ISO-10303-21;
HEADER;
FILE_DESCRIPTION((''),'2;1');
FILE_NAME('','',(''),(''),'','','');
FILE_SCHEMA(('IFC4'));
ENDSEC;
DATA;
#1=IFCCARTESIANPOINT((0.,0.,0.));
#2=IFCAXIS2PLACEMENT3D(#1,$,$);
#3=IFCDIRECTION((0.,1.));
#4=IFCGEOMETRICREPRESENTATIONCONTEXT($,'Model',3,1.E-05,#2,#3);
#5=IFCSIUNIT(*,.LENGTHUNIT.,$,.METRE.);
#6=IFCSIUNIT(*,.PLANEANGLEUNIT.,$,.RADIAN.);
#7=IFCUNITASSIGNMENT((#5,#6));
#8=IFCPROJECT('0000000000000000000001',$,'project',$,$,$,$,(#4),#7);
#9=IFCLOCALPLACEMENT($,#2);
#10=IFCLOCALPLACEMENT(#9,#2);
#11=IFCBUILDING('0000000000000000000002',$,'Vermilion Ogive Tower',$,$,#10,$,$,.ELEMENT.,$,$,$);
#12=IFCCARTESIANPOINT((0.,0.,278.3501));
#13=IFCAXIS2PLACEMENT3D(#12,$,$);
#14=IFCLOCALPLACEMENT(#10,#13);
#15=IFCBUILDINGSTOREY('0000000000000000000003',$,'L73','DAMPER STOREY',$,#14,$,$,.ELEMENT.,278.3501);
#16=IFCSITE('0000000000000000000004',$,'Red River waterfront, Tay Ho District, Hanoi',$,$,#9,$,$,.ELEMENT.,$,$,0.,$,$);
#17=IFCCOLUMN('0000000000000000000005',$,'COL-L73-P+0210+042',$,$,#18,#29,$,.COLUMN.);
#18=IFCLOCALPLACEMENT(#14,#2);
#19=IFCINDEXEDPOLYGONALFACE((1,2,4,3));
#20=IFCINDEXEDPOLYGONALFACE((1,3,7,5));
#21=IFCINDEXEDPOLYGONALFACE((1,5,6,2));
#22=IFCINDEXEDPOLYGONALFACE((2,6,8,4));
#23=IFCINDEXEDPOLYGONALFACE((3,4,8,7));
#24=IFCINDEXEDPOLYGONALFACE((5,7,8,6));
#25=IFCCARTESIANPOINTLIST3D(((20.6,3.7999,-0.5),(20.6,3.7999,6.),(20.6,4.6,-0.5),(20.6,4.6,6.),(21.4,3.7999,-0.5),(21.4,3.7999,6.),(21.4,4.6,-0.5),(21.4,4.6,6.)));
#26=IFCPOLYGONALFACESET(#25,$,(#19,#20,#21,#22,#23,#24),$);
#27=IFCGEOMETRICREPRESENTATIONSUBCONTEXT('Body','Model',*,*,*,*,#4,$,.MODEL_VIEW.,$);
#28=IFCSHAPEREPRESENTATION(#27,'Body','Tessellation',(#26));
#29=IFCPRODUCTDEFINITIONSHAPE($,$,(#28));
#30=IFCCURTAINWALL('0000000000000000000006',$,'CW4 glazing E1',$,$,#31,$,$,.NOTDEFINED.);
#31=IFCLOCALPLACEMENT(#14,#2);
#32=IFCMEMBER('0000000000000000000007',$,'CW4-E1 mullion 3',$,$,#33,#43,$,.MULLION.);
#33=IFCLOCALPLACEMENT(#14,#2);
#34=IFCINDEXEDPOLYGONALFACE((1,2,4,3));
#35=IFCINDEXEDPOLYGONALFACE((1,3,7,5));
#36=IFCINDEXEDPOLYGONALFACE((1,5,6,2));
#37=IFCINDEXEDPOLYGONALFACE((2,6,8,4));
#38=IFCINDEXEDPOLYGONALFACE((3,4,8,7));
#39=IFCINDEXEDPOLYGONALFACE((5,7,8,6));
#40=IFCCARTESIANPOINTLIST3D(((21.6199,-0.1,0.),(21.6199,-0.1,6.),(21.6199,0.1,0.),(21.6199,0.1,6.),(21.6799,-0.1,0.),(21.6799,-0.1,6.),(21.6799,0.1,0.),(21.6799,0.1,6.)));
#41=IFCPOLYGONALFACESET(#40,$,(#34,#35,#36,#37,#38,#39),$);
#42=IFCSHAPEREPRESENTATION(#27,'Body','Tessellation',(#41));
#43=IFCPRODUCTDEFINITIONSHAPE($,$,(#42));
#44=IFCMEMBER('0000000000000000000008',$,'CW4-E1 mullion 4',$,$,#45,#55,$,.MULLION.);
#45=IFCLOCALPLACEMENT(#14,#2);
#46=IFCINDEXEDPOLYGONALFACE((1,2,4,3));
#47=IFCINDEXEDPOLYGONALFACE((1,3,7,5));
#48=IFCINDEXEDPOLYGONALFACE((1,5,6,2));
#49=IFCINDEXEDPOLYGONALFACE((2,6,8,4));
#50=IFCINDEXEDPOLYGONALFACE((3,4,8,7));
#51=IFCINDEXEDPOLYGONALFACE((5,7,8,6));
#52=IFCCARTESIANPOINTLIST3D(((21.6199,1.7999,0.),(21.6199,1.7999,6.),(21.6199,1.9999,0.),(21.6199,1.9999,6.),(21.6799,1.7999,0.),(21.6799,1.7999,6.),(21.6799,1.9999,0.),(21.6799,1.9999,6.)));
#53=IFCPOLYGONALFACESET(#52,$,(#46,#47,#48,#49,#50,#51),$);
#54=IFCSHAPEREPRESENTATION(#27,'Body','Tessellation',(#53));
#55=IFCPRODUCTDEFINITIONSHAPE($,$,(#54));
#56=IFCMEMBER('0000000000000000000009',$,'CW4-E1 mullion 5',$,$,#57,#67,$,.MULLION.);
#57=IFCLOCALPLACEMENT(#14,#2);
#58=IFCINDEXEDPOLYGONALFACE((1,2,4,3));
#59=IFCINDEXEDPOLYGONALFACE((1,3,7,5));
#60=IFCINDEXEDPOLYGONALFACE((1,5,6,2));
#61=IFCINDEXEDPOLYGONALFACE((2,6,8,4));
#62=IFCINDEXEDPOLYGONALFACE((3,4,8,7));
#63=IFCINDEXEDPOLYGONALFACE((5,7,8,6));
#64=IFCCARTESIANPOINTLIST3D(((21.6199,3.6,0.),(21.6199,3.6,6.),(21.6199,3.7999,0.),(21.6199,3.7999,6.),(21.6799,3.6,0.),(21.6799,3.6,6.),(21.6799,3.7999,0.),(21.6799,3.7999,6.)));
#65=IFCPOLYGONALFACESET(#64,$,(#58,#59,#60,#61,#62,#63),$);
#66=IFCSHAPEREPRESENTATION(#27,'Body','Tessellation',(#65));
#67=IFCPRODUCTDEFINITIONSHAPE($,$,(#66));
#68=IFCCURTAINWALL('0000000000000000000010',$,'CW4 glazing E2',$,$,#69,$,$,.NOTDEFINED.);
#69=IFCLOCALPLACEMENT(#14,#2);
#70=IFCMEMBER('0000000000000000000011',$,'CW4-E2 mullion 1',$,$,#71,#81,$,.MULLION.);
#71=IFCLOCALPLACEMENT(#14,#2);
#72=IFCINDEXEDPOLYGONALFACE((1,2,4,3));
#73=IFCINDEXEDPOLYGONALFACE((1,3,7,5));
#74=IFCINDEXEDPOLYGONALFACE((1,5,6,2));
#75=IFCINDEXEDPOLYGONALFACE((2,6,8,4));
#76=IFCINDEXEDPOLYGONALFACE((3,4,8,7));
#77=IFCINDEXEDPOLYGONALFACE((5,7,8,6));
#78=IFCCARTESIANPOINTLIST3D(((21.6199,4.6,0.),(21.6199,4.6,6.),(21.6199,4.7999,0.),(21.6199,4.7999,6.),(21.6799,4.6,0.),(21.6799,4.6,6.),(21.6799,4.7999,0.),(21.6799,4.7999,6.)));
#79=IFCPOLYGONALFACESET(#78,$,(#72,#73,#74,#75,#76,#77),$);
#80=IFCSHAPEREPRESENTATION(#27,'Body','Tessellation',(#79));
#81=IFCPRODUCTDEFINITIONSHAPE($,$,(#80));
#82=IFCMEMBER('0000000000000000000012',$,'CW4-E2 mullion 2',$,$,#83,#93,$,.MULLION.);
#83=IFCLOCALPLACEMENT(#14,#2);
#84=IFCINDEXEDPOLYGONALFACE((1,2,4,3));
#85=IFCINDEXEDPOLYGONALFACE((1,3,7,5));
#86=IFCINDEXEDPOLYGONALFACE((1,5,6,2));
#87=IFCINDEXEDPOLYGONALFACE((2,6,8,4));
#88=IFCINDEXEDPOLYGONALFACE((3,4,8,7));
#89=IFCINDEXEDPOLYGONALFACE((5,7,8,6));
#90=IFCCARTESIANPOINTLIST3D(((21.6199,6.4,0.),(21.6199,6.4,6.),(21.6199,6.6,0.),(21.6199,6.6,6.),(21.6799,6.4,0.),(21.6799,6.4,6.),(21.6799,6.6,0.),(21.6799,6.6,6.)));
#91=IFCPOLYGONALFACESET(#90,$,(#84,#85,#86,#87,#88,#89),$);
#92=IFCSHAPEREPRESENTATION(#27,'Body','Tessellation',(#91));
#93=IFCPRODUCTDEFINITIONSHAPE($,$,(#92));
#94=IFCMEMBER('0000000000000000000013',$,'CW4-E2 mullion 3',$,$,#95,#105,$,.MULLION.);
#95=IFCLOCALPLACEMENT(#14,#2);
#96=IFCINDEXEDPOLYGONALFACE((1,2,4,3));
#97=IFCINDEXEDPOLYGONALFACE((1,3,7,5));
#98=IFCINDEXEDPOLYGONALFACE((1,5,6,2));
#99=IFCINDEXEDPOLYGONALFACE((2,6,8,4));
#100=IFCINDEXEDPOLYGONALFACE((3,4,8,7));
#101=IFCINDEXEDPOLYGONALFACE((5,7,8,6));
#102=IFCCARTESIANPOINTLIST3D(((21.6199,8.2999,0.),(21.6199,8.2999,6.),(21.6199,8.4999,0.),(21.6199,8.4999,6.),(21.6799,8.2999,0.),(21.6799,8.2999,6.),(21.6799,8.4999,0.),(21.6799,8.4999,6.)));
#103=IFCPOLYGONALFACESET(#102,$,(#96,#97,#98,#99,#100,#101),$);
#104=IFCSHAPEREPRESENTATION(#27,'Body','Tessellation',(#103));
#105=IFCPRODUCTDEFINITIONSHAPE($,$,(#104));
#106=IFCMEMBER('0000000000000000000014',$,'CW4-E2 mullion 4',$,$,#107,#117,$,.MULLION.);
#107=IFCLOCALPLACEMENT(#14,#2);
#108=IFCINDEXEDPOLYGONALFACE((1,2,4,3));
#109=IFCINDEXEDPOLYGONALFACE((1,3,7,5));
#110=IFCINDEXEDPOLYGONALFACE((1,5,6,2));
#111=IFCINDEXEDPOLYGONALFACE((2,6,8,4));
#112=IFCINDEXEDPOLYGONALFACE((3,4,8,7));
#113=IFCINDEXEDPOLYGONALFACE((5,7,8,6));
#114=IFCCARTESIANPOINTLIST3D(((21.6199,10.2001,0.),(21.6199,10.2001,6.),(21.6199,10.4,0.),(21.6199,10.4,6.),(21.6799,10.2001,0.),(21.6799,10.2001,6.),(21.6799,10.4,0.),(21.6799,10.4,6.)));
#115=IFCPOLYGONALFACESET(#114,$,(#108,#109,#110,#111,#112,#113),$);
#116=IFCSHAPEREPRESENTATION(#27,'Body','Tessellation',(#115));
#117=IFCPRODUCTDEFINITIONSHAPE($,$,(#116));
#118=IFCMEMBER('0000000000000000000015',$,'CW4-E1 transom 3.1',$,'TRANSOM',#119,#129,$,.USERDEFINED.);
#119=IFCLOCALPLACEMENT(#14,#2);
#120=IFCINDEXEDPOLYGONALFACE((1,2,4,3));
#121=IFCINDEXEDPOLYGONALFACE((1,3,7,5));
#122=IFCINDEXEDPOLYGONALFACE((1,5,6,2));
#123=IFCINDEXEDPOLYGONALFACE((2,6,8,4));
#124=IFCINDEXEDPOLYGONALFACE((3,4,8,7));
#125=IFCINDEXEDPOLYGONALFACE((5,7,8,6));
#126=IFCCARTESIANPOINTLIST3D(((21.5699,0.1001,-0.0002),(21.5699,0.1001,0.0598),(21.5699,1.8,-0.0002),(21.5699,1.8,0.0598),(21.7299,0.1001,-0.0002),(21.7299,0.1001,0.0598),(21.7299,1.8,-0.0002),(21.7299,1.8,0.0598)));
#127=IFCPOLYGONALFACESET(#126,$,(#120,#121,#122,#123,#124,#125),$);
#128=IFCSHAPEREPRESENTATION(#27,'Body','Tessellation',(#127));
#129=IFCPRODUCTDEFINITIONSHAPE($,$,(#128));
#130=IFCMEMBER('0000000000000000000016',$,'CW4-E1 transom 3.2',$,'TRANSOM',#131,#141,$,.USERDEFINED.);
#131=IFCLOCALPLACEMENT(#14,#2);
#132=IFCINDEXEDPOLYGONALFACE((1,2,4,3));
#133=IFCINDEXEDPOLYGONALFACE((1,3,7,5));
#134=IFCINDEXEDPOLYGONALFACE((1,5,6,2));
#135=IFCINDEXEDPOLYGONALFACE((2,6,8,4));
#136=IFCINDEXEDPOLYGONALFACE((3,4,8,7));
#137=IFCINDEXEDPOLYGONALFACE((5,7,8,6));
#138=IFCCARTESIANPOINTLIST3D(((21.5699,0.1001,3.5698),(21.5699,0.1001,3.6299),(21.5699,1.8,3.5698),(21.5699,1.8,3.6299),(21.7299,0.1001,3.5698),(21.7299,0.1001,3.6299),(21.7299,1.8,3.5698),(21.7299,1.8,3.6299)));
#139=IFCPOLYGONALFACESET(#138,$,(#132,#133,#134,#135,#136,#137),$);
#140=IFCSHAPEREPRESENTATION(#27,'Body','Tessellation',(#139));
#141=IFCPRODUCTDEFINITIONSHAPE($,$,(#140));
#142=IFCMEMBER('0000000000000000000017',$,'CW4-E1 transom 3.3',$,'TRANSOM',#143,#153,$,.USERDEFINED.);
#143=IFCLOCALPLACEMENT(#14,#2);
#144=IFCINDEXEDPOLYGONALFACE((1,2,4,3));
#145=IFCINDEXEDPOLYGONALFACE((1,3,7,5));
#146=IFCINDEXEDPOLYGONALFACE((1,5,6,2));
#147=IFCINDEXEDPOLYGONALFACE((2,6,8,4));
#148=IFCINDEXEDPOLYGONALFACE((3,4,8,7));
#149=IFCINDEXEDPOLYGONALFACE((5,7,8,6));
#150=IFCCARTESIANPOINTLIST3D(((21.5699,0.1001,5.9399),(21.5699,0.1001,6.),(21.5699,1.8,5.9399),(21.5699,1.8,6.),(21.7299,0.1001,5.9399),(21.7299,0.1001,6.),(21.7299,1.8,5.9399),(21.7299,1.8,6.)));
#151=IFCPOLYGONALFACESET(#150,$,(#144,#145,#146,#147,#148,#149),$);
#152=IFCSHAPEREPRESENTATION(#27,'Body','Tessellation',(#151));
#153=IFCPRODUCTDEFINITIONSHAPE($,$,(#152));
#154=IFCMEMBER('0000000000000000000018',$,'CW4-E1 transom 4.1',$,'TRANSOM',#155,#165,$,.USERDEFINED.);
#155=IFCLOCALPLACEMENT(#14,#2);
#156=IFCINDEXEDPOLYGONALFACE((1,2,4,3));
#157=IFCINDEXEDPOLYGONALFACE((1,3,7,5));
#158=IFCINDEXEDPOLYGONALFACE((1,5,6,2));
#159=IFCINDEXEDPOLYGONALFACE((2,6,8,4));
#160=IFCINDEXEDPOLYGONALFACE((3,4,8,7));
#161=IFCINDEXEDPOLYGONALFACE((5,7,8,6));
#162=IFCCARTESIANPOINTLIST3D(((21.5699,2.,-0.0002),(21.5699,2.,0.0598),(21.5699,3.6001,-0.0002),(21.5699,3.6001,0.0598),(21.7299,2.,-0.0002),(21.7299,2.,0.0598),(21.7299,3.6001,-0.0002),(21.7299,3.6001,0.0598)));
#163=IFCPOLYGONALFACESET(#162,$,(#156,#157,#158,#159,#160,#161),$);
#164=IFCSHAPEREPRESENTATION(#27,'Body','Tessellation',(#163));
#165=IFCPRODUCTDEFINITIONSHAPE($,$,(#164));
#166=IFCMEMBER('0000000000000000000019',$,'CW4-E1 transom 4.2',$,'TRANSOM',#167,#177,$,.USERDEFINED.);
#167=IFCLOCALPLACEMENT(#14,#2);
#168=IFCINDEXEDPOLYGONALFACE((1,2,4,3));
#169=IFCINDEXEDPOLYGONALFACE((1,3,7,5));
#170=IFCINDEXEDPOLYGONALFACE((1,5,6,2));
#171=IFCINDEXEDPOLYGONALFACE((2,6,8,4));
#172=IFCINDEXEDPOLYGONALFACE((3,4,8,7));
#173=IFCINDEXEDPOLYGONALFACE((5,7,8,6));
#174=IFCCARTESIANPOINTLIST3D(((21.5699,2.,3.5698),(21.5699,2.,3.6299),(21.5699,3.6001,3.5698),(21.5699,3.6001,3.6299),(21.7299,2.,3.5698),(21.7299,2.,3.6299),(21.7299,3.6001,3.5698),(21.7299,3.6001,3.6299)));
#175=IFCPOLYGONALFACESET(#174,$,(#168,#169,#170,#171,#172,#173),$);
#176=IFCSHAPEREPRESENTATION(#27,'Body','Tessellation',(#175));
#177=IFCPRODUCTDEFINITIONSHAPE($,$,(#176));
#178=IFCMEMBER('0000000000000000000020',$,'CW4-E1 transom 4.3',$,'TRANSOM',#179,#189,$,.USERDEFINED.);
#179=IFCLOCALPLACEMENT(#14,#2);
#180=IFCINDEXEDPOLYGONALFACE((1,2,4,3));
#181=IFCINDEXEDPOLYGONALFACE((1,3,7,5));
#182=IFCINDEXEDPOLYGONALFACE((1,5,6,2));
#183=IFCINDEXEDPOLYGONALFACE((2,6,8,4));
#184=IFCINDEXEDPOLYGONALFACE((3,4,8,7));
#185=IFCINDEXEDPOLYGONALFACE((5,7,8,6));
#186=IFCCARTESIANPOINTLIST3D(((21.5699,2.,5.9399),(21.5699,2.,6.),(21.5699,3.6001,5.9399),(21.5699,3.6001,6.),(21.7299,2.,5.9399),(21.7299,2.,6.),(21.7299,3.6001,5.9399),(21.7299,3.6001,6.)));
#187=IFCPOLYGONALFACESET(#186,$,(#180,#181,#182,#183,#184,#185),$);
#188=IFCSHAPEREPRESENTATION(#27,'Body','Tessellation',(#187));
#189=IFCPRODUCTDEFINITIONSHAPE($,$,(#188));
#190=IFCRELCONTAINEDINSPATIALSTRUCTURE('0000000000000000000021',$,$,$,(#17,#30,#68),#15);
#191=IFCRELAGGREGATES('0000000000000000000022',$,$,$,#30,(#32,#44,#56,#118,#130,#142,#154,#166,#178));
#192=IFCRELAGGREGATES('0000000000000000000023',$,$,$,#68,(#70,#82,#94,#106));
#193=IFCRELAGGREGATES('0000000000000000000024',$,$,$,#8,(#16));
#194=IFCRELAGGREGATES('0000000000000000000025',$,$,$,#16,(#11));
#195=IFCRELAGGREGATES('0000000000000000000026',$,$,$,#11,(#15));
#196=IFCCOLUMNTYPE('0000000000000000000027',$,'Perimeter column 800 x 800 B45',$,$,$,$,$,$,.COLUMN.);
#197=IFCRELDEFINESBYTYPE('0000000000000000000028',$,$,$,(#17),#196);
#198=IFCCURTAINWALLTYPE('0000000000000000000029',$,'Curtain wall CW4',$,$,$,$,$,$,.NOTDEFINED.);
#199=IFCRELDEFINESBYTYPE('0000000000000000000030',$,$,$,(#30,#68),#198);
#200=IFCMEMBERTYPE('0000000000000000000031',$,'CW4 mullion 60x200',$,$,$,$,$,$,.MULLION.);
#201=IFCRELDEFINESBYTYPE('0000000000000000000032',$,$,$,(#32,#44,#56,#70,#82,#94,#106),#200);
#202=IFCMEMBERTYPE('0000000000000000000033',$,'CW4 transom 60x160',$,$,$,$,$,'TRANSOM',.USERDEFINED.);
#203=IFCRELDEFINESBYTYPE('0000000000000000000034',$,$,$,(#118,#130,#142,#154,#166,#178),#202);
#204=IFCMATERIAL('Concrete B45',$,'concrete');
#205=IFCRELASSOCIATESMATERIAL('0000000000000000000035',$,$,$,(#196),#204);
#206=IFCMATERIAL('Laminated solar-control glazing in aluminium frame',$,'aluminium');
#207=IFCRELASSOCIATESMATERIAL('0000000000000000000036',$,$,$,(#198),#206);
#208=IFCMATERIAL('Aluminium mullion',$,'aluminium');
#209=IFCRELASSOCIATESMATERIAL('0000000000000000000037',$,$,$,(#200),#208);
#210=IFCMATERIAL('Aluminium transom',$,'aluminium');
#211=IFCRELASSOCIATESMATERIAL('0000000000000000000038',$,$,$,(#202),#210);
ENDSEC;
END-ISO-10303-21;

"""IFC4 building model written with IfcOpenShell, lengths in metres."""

from ifc_helpers import new_model, si_unit, direction, frame, origin, origin_2d, place, context, subcontext, project, spatial, rectangle, extrude, material, material_profile, profile_set, type_object, element, aggregate, save


model = new_model("IFC4")

# Units and contexts
model_context = context("Model", 3, precision=1e-05, world=origin(), true_north=direction((0.0, 1.0)))
body_context = subcontext(model_context, "Body", "Model", "MODEL_VIEW")
ifc_project = project(units=[si_unit("LENGTHUNIT", "METRE"), si_unit("PLANEANGLEUNIT", "RADIAN")], contexts=[model_context])

# Site, building, storey
site_placement = place(None, origin())
site = spatial("IfcSite", under=ifc_project, at=site_placement, Name="Red River waterfront, Tay Ho District, Hanoi", CompositionType="ELEMENT", RefElevation=0.0)
building_placement = place(site_placement, origin())
building = spatial("IfcBuilding", under=site, at=building_placement, Name="Vermilion Ogive Tower", CompositionType="ELEMENT")
storey_placement = place(building_placement, frame((0.0, 0.0, 278.3501)))
storey = spatial("IfcBuildingStorey", under=building, at=storey_placement, Name="L73", Description="DAMPER STOREY", CompositionType="ELEMENT", Elevation=278.3501)

# Column
ifc_material_1 = material(Name="Concrete B45", Category="concrete")
ifc_material_profile_1 = material_profile(ifc_material_1, rectangle(XDim=0.8, YDim=0.8, at=origin_2d()), Name="800 x 800")
ifc_profile_set_1 = profile_set([ifc_material_profile_1], Name="Concrete B45")
column_type = type_object("IfcColumnType", Name="Perimeter column 800 x 800 B45", PredefinedType="COLUMN", material=ifc_profile_set_1)
column_placement = place(storey_placement, frame((21.0, 4.2, -0.5), z_axis=(0.0, 0.0, 1.0), x_axis=(1.0, 0.0, 0.0)))
element("IfcColumn", 1, at=column_placement, inside=storey, type_object=column_type, Name="COL-L73-P+0210+042", PredefinedType="COLUMN", context=body_context, shape_type="SweptSolid", body=[
    extrude(rectangle(XDim=0.8, YDim=0.8, at=origin_2d()), origin(), (0.0, 0.0, 1.0), 6.5),
])

# Curtain walls, members
ifc_material_2 = material(Name="Laminated solar-control glazing in aluminium frame", Category="aluminium")
curtain_wall_type = type_object("IfcCurtainWallType", Name="Curtain wall CW4", PredefinedType="NOTDEFINED", material=ifc_material_2)
curtain_wall_1_placement = place(storey_placement, origin())
curtain_wall_1 = element("IfcCurtainWall", 2, at=curtain_wall_1_placement, inside=storey, type_object=curtain_wall_type, Name="CW4 glazing E1", PredefinedType="NOTDEFINED")
ifc_material_3 = material(Name="Aluminium mullion", Category="aluminium")
ifc_material_profile_2 = material_profile(ifc_material_3, rectangle(XDim=0.0601, YDim=0.2, at=origin_2d()), Name="AL 60x200")
ifc_profile_set_2 = profile_set([ifc_material_profile_2], Name="Aluminium mullion")
member_type_1 = type_object("IfcMemberType", Name="CW4 mullion 60x200", PredefinedType="MULLION", material=ifc_profile_set_2)
member_1_placement = place(storey_placement, frame((21.6499, 0.0, 0.0), z_axis=(0.0, 0.0, 1.0), x_axis=(-1.0, 0.0, 0.0)))
member_1 = element("IfcMember", 3, at=member_1_placement, type_object=member_type_1, Name="CW4-E1 mullion 3", PredefinedType="MULLION", context=body_context, shape_type="SweptSolid", body=[
    extrude(rectangle(XDim=0.0601, YDim=0.2, at=origin_2d()), origin(), (0.0, 0.0, 1.0), 6.0),
])
member_2_placement = place(storey_placement, frame((21.6499, 1.8999, 0.0), z_axis=(0.0, 0.0, 1.0), x_axis=(-1.0, 0.0, 0.0)))
member_2 = element("IfcMember", 4, at=member_2_placement, type_object=member_type_1, Name="CW4-E1 mullion 4", PredefinedType="MULLION", context=body_context, shape_type="SweptSolid", body=[
    extrude(rectangle(XDim=0.0601, YDim=0.2, at=origin_2d()), origin(), (0.0, 0.0, 1.0), 6.0),
])
member_3_placement = place(storey_placement, frame((21.6499, 3.7, 0.0), z_axis=(0.0, 0.0, 1.0), x_axis=(-1.0, 0.0, 0.0)))
member_3 = element("IfcMember", 5, at=member_3_placement, type_object=member_type_1, Name="CW4-E1 mullion 5", PredefinedType="MULLION", context=body_context, shape_type="SweptSolid", body=[
    extrude(rectangle(XDim=0.0601, YDim=0.2, at=origin_2d()), origin(), (0.0, 0.0, 1.0), 6.0),
])
curtain_wall_2_placement = place(storey_placement, origin())
curtain_wall_2 = element("IfcCurtainWall", 6, at=curtain_wall_2_placement, inside=storey, type_object=curtain_wall_type, Name="CW4 glazing E2", PredefinedType="NOTDEFINED")
member_4_placement = place(storey_placement, frame((21.6499, 4.7, 0.0), z_axis=(0.0, 0.0, 1.0), x_axis=(-1.0, 0.0, 0.0)))
member_4 = element("IfcMember", 7, at=member_4_placement, type_object=member_type_1, Name="CW4-E2 mullion 1", PredefinedType="MULLION", context=body_context, shape_type="SweptSolid", body=[
    extrude(rectangle(XDim=0.0601, YDim=0.2, at=origin_2d()), origin(), (0.0, 0.0, 1.0), 6.0),
])
member_5_placement = place(storey_placement, frame((21.6499, 6.5, 0.0), z_axis=(0.0, 0.0, 1.0), x_axis=(-1.0, 0.0, 0.0)))
member_5 = element("IfcMember", 8, at=member_5_placement, type_object=member_type_1, Name="CW4-E2 mullion 2", PredefinedType="MULLION", context=body_context, shape_type="SweptSolid", body=[
    extrude(rectangle(XDim=0.0601, YDim=0.2, at=origin_2d()), origin(), (0.0, 0.0, 1.0), 6.0),
])
member_6_placement = place(storey_placement, frame((21.6499, 8.3999, 0.0), z_axis=(0.0, 0.0, 1.0), x_axis=(-1.0, 0.0, 0.0)))
member_6 = element("IfcMember", 9, at=member_6_placement, type_object=member_type_1, Name="CW4-E2 mullion 3", PredefinedType="MULLION", context=body_context, shape_type="SweptSolid", body=[
    extrude(rectangle(XDim=0.0601, YDim=0.2, at=origin_2d()), origin(), (0.0, 0.0, 1.0), 6.0),
])
member_7_placement = place(storey_placement, frame((21.6499, 10.3, 0.0), z_axis=(0.0, 0.0, 1.0), x_axis=(-1.0, 0.0, 0.0)))
member_7 = element("IfcMember", 10, at=member_7_placement, type_object=member_type_1, Name="CW4-E2 mullion 4", PredefinedType="MULLION", context=body_context, shape_type="SweptSolid", body=[
    extrude(rectangle(XDim=0.0601, YDim=0.2, at=origin_2d()), origin(), (0.0, 0.0, 1.0), 6.0),
])

# Members
ifc_material_4 = material(Name="Aluminium transom", Category="aluminium")
ifc_material_profile_3 = material_profile(ifc_material_4, rectangle(XDim=0.1599, YDim=0.0601, at=origin_2d()), Name="AL 60x160")
ifc_profile_set_3 = profile_set([ifc_material_profile_3], Name="Aluminium transom")
member_type_2 = type_object("IfcMemberType", Name="CW4 transom 60x160", ElementType="TRANSOM", PredefinedType="USERDEFINED", material=ifc_profile_set_3)
member_8_placement = place(storey_placement, frame((21.6499, 0.1001, 0.0298), z_axis=(0.0, 1.0, 0.0), x_axis=(-1.0, 0.0, 0.0)))
member_8 = element("IfcMember", 11, at=member_8_placement, type_object=member_type_2, Name="CW4-E1 transom 3.1", ObjectType="TRANSOM", PredefinedType="USERDEFINED", context=body_context, shape_type="SweptSolid", body=[
    extrude(rectangle(XDim=0.1599, YDim=0.0601, at=origin_2d()), origin(), (0.0, 0.0, 1.0), 1.7),
])
member_9_placement = place(storey_placement, frame((21.6499, 0.1001, 3.5999), z_axis=(0.0, 1.0, 0.0), x_axis=(-1.0, 0.0, 0.0)))
member_9 = element("IfcMember", 12, at=member_9_placement, type_object=member_type_2, Name="CW4-E1 transom 3.2", ObjectType="TRANSOM", PredefinedType="USERDEFINED", context=body_context, shape_type="SweptSolid", body=[
    extrude(rectangle(XDim=0.1599, YDim=0.0601, at=origin_2d()), origin(), (0.0, 0.0, 1.0), 1.7),
])
member_10_placement = place(storey_placement, frame((21.6499, 0.1001, 5.97), z_axis=(0.0, 1.0, 0.0), x_axis=(-1.0, 0.0, 0.0)))
member_10 = element("IfcMember", 13, at=member_10_placement, type_object=member_type_2, Name="CW4-E1 transom 3.3", ObjectType="TRANSOM", PredefinedType="USERDEFINED", context=body_context, shape_type="SweptSolid", body=[
    extrude(rectangle(XDim=0.1599, YDim=0.0601, at=origin_2d()), origin(), (0.0, 0.0, 1.0), 1.7),
])
member_11_placement = place(storey_placement, frame((21.6499, 2.0, 0.0298), z_axis=(0.0, 1.0, 0.0), x_axis=(-1.0, 0.0, 0.0)))
member_11 = element("IfcMember", 14, at=member_11_placement, type_object=member_type_2, Name="CW4-E1 transom 4.1", ObjectType="TRANSOM", PredefinedType="USERDEFINED", context=body_context, shape_type="SweptSolid", body=[
    extrude(rectangle(XDim=0.1599, YDim=0.0601, at=origin_2d()), origin(), (0.0, 0.0, 1.0), 1.6001),
])
member_12_placement = place(storey_placement, frame((21.6499, 2.0, 3.5999), z_axis=(0.0, 1.0, 0.0), x_axis=(-1.0, 0.0, 0.0)))
member_12 = element("IfcMember", 15, at=member_12_placement, type_object=member_type_2, Name="CW4-E1 transom 4.2", ObjectType="TRANSOM", PredefinedType="USERDEFINED", context=body_context, shape_type="SweptSolid", body=[
    extrude(rectangle(XDim=0.1599, YDim=0.0601, at=origin_2d()), origin(), (0.0, 0.0, 1.0), 1.6001),
])
member_13_placement = place(storey_placement, frame((21.6499, 2.0, 5.97), z_axis=(0.0, 1.0, 0.0), x_axis=(-1.0, 0.0, 0.0)))
member_13 = element("IfcMember", 16, at=member_13_placement, type_object=member_type_2, Name="CW4-E1 transom 4.3", ObjectType="TRANSOM", PredefinedType="USERDEFINED", context=body_context, shape_type="SweptSolid", body=[
    extrude(rectangle(XDim=0.1599, YDim=0.0601, at=origin_2d()), origin(), (0.0, 0.0, 1.0), 1.6001),
])

aggregate(curtain_wall_1, [member_1, member_2, member_3, member_8, member_9, member_10, member_11, member_12, member_13])
aggregate(curtain_wall_2, [member_4, member_5, member_6, member_7])

save(model, "model.ifc")
